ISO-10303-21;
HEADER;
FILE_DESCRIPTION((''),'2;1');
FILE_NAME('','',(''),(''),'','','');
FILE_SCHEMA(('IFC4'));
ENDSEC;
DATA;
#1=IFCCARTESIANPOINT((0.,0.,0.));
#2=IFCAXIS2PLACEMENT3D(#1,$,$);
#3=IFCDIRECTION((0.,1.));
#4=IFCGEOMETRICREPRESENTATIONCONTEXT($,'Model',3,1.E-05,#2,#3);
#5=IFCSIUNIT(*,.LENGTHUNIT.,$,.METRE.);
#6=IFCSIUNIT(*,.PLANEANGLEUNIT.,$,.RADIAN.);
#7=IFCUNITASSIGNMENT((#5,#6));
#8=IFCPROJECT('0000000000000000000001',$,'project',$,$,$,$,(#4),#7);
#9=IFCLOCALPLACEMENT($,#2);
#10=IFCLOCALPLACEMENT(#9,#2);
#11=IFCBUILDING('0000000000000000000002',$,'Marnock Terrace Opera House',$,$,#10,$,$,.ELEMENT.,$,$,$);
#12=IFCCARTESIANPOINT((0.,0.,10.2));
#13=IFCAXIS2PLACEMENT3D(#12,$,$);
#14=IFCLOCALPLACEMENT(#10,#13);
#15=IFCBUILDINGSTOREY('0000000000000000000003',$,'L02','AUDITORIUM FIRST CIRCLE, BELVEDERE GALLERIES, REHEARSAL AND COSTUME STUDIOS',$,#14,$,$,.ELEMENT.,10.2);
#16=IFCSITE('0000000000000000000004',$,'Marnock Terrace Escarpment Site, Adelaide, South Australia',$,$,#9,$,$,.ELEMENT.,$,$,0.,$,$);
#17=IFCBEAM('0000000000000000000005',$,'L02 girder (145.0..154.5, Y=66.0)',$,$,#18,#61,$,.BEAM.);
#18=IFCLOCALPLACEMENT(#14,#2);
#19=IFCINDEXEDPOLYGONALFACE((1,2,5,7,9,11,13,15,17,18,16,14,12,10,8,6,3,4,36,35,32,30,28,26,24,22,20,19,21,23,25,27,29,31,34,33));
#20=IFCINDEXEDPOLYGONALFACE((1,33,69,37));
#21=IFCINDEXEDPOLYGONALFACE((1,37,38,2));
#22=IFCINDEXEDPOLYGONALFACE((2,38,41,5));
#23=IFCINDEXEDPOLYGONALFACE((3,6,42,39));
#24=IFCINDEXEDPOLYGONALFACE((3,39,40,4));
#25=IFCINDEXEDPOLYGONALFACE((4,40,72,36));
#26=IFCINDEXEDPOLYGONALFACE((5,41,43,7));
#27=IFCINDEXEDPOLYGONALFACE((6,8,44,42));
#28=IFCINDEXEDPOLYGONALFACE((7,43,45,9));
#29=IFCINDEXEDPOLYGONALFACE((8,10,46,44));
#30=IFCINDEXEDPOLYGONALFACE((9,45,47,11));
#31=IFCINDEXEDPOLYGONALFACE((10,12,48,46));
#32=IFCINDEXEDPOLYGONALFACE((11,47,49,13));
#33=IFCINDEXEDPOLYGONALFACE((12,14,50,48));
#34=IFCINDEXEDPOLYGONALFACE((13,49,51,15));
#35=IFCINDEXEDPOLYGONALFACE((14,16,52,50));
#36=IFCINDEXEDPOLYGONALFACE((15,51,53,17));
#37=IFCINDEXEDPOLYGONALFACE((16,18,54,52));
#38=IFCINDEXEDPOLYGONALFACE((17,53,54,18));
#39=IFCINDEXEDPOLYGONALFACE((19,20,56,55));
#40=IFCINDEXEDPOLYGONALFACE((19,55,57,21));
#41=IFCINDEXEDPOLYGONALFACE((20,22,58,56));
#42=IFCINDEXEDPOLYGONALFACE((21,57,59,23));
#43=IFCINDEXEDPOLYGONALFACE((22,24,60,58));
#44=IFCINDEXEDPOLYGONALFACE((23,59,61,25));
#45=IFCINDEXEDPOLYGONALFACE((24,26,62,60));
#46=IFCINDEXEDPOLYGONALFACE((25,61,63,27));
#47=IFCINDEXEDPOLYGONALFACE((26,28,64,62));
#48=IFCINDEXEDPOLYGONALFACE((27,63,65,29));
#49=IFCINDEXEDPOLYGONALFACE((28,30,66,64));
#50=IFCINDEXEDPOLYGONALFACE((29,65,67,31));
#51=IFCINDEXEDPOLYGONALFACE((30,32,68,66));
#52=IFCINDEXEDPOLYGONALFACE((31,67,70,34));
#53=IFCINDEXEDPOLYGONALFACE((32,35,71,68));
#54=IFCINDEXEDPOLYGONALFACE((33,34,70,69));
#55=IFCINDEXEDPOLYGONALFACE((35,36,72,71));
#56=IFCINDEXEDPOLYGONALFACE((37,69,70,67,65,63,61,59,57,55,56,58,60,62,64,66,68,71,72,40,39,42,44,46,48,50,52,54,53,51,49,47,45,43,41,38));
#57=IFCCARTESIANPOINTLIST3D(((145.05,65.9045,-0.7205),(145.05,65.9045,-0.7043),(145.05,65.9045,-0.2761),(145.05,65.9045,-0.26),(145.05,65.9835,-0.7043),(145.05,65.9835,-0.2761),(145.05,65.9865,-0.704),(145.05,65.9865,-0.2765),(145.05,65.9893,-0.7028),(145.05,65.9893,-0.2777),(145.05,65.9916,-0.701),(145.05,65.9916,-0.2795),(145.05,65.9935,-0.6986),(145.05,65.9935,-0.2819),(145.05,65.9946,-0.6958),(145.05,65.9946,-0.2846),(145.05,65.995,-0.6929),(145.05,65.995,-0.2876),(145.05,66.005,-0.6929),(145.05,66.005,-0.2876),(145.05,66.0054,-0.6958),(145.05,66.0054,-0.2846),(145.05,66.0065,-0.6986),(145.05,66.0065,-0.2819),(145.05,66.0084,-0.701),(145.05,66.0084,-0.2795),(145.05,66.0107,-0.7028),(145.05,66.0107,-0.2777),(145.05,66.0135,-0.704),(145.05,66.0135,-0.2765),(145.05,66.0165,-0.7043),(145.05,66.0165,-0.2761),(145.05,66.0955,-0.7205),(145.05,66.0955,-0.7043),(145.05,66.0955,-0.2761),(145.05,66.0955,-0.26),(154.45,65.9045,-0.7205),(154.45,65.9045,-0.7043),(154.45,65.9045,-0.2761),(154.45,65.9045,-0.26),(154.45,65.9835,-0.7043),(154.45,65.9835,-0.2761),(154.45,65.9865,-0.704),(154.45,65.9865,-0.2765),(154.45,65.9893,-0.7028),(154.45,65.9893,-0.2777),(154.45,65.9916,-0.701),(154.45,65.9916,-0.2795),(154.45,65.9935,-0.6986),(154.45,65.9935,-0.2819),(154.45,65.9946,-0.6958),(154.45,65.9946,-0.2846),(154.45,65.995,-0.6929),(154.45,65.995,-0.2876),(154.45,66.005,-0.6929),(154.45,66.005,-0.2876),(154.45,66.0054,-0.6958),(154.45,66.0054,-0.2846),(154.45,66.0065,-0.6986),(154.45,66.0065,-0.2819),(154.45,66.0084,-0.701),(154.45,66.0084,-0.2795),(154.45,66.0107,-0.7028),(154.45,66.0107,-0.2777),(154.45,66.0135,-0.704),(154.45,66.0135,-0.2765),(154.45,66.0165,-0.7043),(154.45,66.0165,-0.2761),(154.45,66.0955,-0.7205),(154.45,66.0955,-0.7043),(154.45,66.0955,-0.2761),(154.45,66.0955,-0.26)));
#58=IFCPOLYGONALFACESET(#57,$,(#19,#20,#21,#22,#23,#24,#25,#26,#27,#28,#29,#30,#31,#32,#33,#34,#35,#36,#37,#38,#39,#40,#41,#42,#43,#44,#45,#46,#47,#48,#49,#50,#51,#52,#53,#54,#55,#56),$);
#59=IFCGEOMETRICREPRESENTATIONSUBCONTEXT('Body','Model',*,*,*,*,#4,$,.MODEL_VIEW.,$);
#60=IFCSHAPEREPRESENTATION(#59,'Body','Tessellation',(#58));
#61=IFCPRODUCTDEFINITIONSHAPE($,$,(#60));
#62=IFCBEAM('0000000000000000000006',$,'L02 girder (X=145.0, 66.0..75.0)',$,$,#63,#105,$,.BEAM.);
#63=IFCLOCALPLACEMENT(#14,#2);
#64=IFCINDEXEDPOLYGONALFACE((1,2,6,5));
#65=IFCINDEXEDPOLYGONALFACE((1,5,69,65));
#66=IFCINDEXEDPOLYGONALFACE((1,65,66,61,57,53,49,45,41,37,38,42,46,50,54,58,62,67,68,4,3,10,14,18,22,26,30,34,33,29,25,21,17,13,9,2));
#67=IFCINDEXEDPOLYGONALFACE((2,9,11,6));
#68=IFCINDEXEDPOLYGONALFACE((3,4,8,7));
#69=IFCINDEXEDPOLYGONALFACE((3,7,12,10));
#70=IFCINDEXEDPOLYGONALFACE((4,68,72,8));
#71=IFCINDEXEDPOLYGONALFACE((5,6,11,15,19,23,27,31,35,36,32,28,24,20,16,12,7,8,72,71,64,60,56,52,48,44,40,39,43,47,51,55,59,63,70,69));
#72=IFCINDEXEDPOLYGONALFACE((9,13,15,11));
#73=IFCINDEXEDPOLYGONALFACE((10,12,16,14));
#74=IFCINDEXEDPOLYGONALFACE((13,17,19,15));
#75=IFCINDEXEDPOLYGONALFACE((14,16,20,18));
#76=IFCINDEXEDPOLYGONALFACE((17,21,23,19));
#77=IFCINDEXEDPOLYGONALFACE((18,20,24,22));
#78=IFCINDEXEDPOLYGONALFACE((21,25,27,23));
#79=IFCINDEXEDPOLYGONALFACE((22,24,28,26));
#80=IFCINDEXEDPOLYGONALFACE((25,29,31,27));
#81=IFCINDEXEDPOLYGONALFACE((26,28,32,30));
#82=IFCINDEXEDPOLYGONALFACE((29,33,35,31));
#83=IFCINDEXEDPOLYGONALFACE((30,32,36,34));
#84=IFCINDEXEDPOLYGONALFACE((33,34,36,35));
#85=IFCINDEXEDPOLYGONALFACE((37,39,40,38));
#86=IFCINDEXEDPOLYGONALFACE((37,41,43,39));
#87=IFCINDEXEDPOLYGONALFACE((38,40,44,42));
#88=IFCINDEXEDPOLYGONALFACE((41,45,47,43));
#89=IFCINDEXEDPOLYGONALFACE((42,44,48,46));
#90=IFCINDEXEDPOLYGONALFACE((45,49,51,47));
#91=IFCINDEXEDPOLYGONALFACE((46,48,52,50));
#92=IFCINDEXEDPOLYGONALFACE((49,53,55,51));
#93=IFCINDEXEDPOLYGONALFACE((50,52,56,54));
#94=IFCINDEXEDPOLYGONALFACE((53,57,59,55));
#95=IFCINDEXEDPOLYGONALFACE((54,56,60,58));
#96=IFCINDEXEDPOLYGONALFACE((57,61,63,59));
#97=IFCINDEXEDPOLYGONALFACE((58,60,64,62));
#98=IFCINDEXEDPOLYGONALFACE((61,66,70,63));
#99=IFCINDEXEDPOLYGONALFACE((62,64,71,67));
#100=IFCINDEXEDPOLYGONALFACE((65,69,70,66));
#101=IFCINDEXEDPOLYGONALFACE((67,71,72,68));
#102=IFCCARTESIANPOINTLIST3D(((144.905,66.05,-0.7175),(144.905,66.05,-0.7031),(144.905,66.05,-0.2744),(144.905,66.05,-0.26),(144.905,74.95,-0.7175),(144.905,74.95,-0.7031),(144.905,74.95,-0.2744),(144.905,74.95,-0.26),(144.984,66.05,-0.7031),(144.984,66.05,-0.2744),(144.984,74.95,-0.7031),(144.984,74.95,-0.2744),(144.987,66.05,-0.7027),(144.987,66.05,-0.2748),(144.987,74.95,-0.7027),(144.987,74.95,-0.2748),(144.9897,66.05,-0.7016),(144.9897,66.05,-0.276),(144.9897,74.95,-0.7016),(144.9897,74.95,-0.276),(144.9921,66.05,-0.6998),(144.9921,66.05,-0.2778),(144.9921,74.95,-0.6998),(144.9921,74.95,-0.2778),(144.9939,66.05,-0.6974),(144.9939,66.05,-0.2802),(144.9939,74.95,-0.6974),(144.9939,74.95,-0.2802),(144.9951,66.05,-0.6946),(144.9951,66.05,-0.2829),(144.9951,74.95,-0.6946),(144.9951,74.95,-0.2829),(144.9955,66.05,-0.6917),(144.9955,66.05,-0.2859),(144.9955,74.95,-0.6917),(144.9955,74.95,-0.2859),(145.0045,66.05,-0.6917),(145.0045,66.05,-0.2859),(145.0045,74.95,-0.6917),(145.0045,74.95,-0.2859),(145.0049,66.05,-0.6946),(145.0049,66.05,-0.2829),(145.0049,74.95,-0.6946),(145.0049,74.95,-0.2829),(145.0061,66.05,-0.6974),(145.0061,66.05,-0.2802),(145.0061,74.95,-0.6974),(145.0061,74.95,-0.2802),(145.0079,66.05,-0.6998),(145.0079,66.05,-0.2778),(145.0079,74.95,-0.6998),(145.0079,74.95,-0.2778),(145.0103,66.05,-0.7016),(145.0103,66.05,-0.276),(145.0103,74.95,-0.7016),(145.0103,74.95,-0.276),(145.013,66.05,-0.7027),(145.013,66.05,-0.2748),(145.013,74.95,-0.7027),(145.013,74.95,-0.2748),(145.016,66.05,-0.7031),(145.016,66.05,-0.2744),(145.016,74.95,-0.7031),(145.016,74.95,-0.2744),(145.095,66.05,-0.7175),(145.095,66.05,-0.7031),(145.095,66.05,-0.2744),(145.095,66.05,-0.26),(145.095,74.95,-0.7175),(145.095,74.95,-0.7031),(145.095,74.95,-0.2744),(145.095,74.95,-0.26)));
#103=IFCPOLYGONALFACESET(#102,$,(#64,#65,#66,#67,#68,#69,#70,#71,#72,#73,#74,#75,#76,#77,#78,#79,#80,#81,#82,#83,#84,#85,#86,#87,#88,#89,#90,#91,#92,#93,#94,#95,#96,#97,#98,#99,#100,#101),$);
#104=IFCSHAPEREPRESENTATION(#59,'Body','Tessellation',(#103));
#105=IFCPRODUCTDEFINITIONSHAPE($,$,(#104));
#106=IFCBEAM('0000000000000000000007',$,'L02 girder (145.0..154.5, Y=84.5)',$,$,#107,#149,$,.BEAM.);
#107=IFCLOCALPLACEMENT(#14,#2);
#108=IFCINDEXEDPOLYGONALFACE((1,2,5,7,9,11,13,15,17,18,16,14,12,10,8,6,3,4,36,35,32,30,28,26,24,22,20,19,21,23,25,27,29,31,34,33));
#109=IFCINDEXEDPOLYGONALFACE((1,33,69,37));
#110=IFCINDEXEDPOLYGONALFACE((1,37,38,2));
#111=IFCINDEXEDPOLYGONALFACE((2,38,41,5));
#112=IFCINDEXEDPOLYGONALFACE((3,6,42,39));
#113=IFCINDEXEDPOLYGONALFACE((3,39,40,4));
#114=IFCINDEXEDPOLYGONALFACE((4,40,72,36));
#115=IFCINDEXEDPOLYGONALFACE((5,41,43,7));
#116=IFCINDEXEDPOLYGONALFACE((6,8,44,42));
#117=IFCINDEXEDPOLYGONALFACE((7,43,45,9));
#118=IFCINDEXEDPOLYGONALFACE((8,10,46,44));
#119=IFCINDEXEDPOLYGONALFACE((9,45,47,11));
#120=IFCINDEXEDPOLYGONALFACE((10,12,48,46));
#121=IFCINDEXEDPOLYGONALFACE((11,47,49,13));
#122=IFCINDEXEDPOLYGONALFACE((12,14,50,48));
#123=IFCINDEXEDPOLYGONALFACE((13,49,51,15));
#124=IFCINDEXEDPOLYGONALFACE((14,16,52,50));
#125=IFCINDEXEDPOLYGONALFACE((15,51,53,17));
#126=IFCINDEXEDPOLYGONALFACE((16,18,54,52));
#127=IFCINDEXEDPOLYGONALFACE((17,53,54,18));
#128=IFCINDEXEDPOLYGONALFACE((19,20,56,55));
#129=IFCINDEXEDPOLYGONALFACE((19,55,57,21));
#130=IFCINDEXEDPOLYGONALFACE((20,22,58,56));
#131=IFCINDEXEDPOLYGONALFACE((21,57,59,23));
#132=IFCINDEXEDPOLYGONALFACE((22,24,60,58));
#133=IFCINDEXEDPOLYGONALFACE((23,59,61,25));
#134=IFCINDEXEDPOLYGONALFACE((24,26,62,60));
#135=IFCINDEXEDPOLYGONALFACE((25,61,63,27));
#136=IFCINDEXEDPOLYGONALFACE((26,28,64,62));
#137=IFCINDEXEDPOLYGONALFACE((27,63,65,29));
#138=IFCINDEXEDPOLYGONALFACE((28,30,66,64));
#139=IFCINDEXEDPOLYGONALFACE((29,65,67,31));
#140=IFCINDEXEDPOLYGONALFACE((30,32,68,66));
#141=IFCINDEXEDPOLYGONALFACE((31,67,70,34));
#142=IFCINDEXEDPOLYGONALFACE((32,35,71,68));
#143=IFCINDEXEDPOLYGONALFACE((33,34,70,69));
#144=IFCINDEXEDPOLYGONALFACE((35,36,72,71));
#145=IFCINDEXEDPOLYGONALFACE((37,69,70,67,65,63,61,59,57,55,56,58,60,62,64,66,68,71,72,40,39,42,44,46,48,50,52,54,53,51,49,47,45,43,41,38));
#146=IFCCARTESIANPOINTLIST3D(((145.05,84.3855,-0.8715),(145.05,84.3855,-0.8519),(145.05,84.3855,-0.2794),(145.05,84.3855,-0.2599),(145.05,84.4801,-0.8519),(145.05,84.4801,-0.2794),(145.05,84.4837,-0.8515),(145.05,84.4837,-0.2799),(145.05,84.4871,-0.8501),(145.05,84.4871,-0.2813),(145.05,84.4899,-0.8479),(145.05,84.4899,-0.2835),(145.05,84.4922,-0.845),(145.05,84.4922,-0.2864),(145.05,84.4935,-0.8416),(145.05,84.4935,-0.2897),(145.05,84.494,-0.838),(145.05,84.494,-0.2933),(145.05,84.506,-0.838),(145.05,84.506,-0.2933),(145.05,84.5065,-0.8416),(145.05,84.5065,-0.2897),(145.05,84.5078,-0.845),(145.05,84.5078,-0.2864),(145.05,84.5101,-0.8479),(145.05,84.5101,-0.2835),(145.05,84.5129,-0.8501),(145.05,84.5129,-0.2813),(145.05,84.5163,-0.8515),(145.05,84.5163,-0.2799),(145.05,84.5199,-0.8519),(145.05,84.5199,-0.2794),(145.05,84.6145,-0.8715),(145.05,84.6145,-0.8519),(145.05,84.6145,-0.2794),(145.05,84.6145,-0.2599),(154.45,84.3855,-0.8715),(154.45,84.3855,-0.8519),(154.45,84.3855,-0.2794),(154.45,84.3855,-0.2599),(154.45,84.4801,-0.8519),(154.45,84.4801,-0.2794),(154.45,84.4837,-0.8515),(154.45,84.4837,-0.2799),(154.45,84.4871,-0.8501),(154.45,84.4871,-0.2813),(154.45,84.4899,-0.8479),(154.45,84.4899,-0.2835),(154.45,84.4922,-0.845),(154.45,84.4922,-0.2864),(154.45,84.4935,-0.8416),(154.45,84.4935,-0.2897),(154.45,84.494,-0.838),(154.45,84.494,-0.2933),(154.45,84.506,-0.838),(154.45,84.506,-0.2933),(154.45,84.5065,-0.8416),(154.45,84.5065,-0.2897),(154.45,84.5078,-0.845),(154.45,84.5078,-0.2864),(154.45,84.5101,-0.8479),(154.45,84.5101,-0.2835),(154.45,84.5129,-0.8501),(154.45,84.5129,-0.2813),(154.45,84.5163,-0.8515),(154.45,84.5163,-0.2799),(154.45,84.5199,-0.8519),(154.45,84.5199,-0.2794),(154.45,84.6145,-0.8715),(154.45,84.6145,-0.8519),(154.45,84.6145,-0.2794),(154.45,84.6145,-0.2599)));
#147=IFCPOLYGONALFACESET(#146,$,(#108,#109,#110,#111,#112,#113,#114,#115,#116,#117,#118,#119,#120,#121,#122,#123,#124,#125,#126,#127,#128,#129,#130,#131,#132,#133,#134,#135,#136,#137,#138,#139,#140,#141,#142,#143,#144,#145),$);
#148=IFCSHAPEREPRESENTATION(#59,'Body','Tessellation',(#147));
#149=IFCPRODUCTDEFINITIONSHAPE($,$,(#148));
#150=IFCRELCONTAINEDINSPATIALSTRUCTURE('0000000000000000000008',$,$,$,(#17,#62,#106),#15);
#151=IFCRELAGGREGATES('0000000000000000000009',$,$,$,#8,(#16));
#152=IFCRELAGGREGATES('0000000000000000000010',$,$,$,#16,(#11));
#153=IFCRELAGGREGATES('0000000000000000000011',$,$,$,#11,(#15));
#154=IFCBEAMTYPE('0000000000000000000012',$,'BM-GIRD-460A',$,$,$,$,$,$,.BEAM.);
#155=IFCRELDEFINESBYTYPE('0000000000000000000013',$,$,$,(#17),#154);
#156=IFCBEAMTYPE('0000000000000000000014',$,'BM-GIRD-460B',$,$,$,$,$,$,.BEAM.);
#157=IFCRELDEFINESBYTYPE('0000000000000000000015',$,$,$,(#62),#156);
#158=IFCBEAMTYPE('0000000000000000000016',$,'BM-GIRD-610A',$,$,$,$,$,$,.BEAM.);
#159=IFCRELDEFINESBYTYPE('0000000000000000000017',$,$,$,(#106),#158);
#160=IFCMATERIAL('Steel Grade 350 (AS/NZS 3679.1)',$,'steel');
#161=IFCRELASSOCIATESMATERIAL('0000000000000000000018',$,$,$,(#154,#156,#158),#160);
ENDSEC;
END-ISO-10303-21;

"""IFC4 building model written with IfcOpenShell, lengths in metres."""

from ifc_helpers import new_model, si_unit, direction, frame, origin, origin_2d, place, context, subcontext, project, spatial, i_section, extrude, material, material_profile, profile_set, type_object, element, save


model = new_model("IFC4")

# Units and contexts
model_context = context("Model", 3, precision=1e-05, world=origin(), true_north=direction((0.0, 1.0)))
body_context = subcontext(model_context, "Body", "Model", "MODEL_VIEW")
ifc_project = project(units=[si_unit("LENGTHUNIT", "METRE"), si_unit("PLANEANGLEUNIT", "RADIAN")], contexts=[model_context])

# Site, building, storey
site_placement = place(None, origin())
site = spatial("IfcSite", under=ifc_project, at=site_placement, Name="Marnock Terrace Escarpment Site, Adelaide, South Australia", CompositionType="ELEMENT", RefElevation=0.0)
building_placement = place(site_placement, origin())
building = spatial("IfcBuilding", under=site, at=building_placement, Name="Marnock Terrace Opera House", CompositionType="ELEMENT")
storey_placement = place(building_placement, frame((0.0, 0.0, 10.2)))
storey = spatial("IfcBuildingStorey", under=building, at=storey_placement, Name="L02", Description="AUDITORIUM FIRST CIRCLE, BELVEDERE GALLERIES, REHEARSAL AND COSTUME STUDIOS", CompositionType="ELEMENT", Elevation=10.2)

# Beams
ifc_material_1 = material(Name="Steel Grade 350 (AS/NZS 3679.1)", Category="steel")
ifc_material_profile_1 = material_profile(ifc_material_1, i_section(OverallWidth=0.1909, OverallDepth=0.4604, WebThickness=0.01, FlangeThickness=0.0161, FilletRadius=0.0115, at=origin_2d()))
ifc_profile_set_1 = profile_set([ifc_material_profile_1], Name="Steel Grade 350 (AS/NZS 3679.1)")
beam_type_1 = type_object("IfcBeamType", Name="BM-GIRD-460A", PredefinedType="BEAM", material=ifc_profile_set_1)
beam_1_placement = place(storey_placement, frame((145.05, 66.0, -0.4902), z_axis=(1.0, 0.0, 0.0), x_axis=(0.0, 1.0, 0.0)))
element("IfcBeam", 1, at=beam_1_placement, inside=storey, type_object=beam_type_1, Name="L02 girder (145.0..154.5, Y=66.0)", PredefinedType="BEAM", context=body_context, shape_type="SweptSolid", body=[
    extrude(i_section(OverallWidth=0.1909, OverallDepth=0.4604, WebThickness=0.01, FlangeThickness=0.0161, FilletRadius=0.0115, at=origin_2d()), origin(), (0.0, 0.0, 1.0), 9.3999),
])
ifc_material_profile_2 = material_profile(ifc_material_1, i_section(OverallWidth=0.1899, OverallDepth=0.4575, WebThickness=0.009, FlangeThickness=0.0144, FilletRadius=0.0115, at=origin_2d()))
ifc_profile_set_2 = profile_set([ifc_material_profile_2], Name="Steel Grade 350 (AS/NZS 3679.1)")
beam_type_2 = type_object("IfcBeamType", Name="BM-GIRD-460B", PredefinedType="BEAM", material=ifc_profile_set_2)
beam_2_placement = place(storey_placement, frame((145.0, 66.05, -0.4888), z_axis=(0.0, 1.0, 0.0), x_axis=(-1.0, 0.0, 0.0)))
element("IfcBeam", 2, at=beam_2_placement, inside=storey, type_object=beam_type_2, Name="L02 girder (X=145.0, 66.0..75.0)", PredefinedType="BEAM", context=body_context, shape_type="SweptSolid", body=[
    extrude(i_section(OverallWidth=0.1899, OverallDepth=0.4575, WebThickness=0.009, FlangeThickness=0.0144, FilletRadius=0.0115, at=origin_2d()), origin(), (0.0, 0.0, 1.0), 8.8999),
])
ifc_material_profile_3 = material_profile(ifc_material_1, i_section(OverallWidth=0.229, OverallDepth=0.6116, WebThickness=0.012, FlangeThickness=0.0195, FilletRadius=0.0139, at=origin_2d()))
ifc_profile_set_3 = profile_set([ifc_material_profile_3], Name="Steel Grade 350 (AS/NZS 3679.1)")
beam_type_3 = type_object("IfcBeamType", Name="BM-GIRD-610A", PredefinedType="BEAM", material=ifc_profile_set_3)
beam_3_placement = place(storey_placement, frame((145.05, 84.5, -0.5657), z_axis=(1.0, 0.0, 0.0), x_axis=(0.0, 1.0, 0.0)))
element("IfcBeam", 3, at=beam_3_placement, inside=storey, type_object=beam_type_3, Name="L02 girder (145.0..154.5, Y=84.5)", PredefinedType="BEAM", context=body_context, shape_type="SweptSolid", body=[
    extrude(i_section(OverallWidth=0.229, OverallDepth=0.6116, WebThickness=0.012, FlangeThickness=0.0195, FilletRadius=0.0139, at=origin_2d()), origin(), (0.0, 0.0, 1.0), 9.3999),
])

save(model, "model.ifc")
